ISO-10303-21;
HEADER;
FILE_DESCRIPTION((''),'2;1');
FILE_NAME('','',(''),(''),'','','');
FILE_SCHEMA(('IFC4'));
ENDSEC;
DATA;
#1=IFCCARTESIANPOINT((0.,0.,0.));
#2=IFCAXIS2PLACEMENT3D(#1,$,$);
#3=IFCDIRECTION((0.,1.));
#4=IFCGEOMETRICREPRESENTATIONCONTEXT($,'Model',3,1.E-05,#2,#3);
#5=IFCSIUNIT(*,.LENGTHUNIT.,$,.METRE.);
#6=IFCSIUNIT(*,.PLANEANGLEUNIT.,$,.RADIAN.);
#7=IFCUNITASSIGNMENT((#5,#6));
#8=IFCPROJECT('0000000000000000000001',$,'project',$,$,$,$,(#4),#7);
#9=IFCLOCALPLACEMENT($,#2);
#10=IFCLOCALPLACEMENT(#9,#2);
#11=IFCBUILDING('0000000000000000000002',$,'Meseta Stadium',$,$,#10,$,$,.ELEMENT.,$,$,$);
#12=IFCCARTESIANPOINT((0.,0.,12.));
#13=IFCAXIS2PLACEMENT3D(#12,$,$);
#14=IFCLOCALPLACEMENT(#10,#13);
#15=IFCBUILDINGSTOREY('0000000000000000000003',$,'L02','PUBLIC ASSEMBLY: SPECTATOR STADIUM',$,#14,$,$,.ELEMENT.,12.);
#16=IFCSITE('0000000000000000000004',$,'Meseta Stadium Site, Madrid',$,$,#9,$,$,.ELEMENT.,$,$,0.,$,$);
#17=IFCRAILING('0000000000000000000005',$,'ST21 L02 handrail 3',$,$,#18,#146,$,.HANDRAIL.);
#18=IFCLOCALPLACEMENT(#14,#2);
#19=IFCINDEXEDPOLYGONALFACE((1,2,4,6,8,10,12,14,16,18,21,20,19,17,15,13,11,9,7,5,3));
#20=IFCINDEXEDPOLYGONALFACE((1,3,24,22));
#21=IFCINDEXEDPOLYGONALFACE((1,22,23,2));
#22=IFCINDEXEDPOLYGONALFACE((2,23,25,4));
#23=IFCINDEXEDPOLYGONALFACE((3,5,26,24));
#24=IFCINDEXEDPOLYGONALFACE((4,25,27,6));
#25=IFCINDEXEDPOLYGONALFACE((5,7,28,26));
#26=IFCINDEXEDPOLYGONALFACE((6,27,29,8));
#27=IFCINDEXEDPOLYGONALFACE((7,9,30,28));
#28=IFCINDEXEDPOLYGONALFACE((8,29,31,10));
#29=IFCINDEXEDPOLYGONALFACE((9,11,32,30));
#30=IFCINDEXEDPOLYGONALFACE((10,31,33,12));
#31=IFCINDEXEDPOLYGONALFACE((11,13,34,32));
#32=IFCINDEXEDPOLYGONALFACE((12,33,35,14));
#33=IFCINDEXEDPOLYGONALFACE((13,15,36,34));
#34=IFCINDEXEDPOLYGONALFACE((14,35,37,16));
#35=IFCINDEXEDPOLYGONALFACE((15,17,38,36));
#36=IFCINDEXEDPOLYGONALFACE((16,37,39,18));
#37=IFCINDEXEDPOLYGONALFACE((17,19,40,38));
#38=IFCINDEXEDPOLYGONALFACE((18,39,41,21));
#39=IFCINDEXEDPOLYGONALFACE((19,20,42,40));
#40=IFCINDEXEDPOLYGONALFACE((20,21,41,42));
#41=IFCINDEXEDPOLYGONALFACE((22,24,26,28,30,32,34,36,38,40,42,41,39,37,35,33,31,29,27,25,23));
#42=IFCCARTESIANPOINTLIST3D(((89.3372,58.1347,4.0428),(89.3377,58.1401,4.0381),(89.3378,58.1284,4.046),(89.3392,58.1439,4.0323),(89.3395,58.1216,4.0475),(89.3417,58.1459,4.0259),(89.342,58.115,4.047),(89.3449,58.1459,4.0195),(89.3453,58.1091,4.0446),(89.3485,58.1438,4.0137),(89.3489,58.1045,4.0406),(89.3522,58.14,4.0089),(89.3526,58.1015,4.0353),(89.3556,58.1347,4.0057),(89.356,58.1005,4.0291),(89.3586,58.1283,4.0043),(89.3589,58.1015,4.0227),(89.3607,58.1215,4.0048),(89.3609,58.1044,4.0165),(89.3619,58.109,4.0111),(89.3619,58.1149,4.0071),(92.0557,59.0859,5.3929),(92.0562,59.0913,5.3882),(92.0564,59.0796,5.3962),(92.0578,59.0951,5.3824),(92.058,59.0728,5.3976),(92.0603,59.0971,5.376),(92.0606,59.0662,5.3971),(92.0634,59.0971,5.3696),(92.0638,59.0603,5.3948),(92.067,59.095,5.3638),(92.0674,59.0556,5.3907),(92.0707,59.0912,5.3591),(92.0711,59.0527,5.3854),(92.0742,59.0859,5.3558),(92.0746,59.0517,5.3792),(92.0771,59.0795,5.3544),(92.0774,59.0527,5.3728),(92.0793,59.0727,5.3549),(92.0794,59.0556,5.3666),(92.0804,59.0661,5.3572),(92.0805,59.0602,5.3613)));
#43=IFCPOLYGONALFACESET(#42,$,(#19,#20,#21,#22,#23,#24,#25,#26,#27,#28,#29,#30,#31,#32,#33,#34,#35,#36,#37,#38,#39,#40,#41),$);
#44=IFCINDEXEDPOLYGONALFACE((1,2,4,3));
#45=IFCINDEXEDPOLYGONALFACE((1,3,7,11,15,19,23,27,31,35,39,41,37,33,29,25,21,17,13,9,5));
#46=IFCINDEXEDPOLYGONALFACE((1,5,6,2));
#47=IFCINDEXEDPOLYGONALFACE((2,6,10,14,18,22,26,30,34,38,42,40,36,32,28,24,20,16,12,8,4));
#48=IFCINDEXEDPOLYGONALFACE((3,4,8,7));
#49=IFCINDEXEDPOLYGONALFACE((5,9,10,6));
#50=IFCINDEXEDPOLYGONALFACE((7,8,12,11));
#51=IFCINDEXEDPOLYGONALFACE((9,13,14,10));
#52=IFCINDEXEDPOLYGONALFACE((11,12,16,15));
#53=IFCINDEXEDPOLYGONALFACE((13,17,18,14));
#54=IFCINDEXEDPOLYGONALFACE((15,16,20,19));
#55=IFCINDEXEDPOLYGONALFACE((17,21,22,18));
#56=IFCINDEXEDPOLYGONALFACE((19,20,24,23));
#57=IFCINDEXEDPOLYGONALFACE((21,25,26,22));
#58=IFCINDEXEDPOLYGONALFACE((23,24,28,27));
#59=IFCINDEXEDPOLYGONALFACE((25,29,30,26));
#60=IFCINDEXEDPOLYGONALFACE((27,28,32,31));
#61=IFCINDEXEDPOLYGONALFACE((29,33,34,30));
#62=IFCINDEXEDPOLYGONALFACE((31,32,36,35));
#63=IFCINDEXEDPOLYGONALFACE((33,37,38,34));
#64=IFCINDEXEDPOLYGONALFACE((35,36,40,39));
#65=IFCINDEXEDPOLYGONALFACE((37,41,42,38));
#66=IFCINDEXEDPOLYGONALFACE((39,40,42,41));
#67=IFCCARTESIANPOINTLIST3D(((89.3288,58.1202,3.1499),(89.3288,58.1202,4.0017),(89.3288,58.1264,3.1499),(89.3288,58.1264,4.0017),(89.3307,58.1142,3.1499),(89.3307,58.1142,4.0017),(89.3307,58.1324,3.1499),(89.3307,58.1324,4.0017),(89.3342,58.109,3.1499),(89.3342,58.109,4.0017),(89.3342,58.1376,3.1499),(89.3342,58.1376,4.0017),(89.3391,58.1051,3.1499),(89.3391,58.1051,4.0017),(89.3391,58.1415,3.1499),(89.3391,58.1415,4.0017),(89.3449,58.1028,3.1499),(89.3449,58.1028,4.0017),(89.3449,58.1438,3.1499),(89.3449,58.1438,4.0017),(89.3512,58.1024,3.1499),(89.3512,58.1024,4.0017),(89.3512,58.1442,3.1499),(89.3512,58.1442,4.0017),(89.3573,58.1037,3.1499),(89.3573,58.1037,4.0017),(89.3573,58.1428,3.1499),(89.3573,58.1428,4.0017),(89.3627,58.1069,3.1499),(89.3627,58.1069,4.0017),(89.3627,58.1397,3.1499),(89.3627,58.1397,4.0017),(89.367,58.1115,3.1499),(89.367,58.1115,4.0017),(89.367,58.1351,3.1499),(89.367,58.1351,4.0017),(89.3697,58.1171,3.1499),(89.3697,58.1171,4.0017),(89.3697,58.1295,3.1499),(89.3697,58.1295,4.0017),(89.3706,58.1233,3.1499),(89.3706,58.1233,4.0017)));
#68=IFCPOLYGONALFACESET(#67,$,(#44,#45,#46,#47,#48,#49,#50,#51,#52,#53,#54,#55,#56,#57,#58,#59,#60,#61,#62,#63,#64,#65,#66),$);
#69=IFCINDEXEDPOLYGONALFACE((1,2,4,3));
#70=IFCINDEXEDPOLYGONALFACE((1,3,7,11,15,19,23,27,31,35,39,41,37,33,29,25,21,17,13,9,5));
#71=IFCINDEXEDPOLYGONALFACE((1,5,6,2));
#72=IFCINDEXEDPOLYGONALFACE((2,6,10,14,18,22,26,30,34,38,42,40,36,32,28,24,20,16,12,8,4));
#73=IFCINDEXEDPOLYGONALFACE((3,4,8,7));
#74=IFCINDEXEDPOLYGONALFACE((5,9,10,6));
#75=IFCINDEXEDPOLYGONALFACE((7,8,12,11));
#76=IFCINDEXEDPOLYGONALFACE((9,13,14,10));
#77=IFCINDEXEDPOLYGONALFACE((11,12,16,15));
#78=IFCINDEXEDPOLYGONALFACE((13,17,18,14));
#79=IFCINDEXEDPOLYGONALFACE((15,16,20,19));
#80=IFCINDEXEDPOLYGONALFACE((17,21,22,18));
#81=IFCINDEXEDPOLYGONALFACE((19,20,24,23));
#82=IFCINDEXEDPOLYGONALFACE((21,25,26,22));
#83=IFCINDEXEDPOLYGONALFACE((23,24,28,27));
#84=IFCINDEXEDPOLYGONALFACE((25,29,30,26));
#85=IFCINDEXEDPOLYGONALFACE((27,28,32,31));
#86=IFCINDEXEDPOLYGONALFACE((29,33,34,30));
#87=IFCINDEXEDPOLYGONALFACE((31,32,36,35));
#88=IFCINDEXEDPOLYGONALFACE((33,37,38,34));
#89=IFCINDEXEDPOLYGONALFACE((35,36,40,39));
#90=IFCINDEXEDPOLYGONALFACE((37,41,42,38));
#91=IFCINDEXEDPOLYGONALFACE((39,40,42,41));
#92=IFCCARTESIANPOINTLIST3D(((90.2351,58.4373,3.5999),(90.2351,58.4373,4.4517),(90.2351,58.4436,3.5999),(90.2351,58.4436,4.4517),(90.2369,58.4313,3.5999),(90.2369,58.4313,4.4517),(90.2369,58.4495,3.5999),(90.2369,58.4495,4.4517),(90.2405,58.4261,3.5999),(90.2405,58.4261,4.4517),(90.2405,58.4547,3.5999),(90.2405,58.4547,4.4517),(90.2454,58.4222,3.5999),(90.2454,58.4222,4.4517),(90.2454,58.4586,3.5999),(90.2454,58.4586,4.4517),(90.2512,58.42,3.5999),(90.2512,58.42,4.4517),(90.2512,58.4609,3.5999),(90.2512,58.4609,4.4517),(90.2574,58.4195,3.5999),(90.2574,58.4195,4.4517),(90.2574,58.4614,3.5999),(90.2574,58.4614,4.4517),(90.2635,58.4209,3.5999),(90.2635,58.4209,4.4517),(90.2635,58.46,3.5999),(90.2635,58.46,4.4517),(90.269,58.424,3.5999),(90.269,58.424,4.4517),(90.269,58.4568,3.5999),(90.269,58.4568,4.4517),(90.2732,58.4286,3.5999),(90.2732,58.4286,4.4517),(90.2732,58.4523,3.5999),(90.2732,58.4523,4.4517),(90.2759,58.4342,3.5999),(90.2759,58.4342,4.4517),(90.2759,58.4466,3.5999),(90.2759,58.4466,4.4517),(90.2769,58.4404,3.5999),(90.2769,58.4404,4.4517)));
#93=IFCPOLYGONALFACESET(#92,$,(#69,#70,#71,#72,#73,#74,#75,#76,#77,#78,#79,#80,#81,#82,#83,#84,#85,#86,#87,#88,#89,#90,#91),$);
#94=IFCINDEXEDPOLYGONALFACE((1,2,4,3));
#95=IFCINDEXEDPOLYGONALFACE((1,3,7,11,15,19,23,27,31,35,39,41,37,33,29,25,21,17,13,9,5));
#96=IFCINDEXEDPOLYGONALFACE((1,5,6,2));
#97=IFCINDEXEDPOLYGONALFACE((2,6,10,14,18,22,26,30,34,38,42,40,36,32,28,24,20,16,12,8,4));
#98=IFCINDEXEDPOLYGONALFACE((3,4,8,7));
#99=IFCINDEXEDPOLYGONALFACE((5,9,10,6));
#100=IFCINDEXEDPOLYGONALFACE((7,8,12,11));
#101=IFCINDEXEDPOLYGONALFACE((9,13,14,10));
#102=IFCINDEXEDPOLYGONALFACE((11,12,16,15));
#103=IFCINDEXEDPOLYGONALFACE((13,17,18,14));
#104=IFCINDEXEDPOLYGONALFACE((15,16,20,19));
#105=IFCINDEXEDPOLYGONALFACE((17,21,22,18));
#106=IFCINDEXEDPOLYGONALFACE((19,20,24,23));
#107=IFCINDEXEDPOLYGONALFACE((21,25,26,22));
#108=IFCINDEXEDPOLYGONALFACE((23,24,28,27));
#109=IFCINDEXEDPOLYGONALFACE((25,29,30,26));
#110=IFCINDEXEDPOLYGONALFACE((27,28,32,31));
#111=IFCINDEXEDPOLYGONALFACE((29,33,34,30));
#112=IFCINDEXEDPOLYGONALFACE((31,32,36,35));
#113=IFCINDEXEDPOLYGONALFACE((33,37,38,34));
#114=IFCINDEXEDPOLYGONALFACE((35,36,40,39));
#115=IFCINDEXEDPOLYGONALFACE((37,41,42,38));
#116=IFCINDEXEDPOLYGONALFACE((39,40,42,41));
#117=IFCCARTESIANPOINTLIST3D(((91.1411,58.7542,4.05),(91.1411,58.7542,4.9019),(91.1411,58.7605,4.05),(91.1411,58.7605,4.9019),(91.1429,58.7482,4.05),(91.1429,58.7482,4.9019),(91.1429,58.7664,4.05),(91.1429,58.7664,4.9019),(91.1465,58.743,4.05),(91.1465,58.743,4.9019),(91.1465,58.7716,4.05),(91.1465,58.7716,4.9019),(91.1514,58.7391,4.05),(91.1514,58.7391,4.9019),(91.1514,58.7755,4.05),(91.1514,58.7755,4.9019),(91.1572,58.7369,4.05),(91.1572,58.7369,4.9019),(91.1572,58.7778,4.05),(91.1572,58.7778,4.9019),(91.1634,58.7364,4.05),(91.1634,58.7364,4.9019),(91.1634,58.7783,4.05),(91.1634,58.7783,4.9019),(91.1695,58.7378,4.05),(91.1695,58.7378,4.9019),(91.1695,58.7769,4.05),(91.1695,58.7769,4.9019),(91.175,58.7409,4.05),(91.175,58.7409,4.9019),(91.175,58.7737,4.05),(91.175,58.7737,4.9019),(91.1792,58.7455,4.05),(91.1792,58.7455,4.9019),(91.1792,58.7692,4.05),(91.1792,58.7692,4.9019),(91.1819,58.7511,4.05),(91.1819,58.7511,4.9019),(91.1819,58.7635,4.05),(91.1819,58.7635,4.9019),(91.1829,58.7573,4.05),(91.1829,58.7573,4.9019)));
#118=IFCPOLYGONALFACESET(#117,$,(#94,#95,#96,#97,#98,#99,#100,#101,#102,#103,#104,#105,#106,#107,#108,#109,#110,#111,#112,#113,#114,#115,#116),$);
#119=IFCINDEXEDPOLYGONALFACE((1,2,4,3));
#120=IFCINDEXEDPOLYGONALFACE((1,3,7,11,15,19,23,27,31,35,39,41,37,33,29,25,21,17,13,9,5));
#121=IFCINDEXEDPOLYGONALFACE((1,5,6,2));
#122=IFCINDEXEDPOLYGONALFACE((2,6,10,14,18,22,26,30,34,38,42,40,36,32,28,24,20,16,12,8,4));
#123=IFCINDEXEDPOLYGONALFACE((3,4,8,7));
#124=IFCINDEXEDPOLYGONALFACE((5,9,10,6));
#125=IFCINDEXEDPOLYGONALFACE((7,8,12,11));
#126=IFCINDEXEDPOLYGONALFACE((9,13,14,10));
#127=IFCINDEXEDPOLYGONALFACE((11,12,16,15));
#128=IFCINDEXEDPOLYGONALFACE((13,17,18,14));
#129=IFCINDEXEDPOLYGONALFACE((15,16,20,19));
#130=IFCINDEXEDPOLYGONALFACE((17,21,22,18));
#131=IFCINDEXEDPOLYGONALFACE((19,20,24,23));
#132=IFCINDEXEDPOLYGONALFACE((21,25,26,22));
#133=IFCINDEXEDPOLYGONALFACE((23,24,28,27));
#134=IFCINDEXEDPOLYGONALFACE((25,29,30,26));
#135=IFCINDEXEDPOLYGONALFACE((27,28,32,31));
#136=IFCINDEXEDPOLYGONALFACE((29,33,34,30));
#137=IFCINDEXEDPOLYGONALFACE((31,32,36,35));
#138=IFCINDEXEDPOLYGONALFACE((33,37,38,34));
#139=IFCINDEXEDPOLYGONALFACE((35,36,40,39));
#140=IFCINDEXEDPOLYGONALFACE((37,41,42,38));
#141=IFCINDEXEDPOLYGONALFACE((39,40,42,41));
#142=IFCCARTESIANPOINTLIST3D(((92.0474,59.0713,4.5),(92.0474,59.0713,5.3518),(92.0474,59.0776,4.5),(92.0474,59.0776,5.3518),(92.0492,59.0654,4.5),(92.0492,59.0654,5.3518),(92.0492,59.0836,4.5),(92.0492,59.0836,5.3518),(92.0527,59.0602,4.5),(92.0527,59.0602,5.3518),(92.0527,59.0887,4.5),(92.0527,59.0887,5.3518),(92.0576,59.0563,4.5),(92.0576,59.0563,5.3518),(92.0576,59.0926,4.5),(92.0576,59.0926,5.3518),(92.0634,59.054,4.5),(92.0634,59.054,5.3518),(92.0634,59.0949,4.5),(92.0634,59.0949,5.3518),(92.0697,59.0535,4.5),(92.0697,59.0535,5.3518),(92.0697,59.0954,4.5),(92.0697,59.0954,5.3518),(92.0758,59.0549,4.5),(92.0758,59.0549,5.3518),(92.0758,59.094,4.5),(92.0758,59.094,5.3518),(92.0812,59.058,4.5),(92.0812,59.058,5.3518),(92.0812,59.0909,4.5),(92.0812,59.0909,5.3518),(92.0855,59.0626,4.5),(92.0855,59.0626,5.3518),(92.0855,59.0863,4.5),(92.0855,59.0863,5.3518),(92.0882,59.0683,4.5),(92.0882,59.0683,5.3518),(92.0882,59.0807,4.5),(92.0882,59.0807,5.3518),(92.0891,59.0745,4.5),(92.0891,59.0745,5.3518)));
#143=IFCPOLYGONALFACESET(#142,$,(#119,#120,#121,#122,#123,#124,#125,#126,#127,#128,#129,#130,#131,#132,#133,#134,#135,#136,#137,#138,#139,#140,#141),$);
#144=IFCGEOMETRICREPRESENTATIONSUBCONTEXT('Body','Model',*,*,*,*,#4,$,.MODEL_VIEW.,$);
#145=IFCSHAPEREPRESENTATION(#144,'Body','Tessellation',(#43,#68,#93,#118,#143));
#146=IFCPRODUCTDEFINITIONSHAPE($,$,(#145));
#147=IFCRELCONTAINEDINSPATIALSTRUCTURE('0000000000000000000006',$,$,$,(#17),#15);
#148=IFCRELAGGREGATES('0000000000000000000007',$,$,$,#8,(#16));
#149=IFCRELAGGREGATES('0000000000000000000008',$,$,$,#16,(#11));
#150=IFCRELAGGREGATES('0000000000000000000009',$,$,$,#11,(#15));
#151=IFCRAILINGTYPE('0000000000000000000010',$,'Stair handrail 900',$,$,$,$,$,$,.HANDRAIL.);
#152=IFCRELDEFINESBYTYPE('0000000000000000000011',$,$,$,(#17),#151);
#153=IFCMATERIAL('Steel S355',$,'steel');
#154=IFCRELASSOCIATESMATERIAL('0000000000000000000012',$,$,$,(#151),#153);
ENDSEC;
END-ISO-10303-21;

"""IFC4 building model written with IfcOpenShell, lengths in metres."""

from ifc_helpers import new_model, si_unit, direction, frame, origin, origin_2d, place, context, subcontext, project, spatial, circle, extrude, material, type_object, element, save


model = new_model("IFC4")

# Units and contexts
model_context = context("Model", 3, precision=1e-05, world=origin(), true_north=direction((0.0, 1.0)))
body_context = subcontext(model_context, "Body", "Model", "MODEL_VIEW")
ifc_project = project(units=[si_unit("LENGTHUNIT", "METRE"), si_unit("PLANEANGLEUNIT", "RADIAN")], contexts=[model_context])

# Site, building, storey
site_placement = place(None, origin())
site = spatial("IfcSite", under=ifc_project, at=site_placement, Name="Meseta Stadium Site, Madrid", CompositionType="ELEMENT", RefElevation=0.0)
building_placement = place(site_placement, origin())
building = spatial("IfcBuilding", under=site, at=building_placement, Name="Meseta Stadium", CompositionType="ELEMENT")
storey_placement = place(building_placement, frame((0.0, 0.0, 12.0)))
storey = spatial("IfcBuildingStorey", under=building, at=storey_placement, Name="L02", Description="PUBLIC ASSEMBLY: SPECTATOR STADIUM", CompositionType="ELEMENT", Elevation=12.0)

# Railing
ifc_material_1 = material(Name="Steel S355", Category="steel")
railing_type_1 = type_object("IfcRailingType", Name="Stair handrail 900", PredefinedType="HANDRAIL", material=ifc_material_1)
railing_1_placement = place(storey_placement, frame((89.3496, 58.1233, 3.1499)))
element("IfcRailing", 1, at=railing_1_placement, inside=storey, type_object=railing_type_1, Name="ST21 L02 handrail 3", PredefinedType="HANDRAIL", context=body_context, shape_type="SweptSolid", body=[
    extrude(circle(Radius=0.0239, at=origin_2d()), frame((0.0, 0.0, 0.876), z_axis=(0.854649, 0.299031, 0.424446), x_axis=(-0.330256, 0.943891, 0.0)), (0.0, 0.0, 1.0), 3.1809),
    extrude(circle(Radius=0.021, at=origin_2d()), origin(), (0.0, 0.0, 1.0), 0.8518),
    extrude(circle(Radius=0.021, at=origin_2d()), frame((0.9062, 0.3171, 0.45)), (0.0, 0.0, 1.0), 0.8518),
    extrude(circle(Radius=0.021, at=origin_2d()), frame((1.8123, 0.634, 0.9001)), (0.0, 0.0, 1.0), 0.8518),
    extrude(circle(Radius=0.021, at=origin_2d()), frame((2.7185, 0.9512, 1.3501)), (0.0, 0.0, 1.0), 0.8518),
])

save(model, "model.ifc")
